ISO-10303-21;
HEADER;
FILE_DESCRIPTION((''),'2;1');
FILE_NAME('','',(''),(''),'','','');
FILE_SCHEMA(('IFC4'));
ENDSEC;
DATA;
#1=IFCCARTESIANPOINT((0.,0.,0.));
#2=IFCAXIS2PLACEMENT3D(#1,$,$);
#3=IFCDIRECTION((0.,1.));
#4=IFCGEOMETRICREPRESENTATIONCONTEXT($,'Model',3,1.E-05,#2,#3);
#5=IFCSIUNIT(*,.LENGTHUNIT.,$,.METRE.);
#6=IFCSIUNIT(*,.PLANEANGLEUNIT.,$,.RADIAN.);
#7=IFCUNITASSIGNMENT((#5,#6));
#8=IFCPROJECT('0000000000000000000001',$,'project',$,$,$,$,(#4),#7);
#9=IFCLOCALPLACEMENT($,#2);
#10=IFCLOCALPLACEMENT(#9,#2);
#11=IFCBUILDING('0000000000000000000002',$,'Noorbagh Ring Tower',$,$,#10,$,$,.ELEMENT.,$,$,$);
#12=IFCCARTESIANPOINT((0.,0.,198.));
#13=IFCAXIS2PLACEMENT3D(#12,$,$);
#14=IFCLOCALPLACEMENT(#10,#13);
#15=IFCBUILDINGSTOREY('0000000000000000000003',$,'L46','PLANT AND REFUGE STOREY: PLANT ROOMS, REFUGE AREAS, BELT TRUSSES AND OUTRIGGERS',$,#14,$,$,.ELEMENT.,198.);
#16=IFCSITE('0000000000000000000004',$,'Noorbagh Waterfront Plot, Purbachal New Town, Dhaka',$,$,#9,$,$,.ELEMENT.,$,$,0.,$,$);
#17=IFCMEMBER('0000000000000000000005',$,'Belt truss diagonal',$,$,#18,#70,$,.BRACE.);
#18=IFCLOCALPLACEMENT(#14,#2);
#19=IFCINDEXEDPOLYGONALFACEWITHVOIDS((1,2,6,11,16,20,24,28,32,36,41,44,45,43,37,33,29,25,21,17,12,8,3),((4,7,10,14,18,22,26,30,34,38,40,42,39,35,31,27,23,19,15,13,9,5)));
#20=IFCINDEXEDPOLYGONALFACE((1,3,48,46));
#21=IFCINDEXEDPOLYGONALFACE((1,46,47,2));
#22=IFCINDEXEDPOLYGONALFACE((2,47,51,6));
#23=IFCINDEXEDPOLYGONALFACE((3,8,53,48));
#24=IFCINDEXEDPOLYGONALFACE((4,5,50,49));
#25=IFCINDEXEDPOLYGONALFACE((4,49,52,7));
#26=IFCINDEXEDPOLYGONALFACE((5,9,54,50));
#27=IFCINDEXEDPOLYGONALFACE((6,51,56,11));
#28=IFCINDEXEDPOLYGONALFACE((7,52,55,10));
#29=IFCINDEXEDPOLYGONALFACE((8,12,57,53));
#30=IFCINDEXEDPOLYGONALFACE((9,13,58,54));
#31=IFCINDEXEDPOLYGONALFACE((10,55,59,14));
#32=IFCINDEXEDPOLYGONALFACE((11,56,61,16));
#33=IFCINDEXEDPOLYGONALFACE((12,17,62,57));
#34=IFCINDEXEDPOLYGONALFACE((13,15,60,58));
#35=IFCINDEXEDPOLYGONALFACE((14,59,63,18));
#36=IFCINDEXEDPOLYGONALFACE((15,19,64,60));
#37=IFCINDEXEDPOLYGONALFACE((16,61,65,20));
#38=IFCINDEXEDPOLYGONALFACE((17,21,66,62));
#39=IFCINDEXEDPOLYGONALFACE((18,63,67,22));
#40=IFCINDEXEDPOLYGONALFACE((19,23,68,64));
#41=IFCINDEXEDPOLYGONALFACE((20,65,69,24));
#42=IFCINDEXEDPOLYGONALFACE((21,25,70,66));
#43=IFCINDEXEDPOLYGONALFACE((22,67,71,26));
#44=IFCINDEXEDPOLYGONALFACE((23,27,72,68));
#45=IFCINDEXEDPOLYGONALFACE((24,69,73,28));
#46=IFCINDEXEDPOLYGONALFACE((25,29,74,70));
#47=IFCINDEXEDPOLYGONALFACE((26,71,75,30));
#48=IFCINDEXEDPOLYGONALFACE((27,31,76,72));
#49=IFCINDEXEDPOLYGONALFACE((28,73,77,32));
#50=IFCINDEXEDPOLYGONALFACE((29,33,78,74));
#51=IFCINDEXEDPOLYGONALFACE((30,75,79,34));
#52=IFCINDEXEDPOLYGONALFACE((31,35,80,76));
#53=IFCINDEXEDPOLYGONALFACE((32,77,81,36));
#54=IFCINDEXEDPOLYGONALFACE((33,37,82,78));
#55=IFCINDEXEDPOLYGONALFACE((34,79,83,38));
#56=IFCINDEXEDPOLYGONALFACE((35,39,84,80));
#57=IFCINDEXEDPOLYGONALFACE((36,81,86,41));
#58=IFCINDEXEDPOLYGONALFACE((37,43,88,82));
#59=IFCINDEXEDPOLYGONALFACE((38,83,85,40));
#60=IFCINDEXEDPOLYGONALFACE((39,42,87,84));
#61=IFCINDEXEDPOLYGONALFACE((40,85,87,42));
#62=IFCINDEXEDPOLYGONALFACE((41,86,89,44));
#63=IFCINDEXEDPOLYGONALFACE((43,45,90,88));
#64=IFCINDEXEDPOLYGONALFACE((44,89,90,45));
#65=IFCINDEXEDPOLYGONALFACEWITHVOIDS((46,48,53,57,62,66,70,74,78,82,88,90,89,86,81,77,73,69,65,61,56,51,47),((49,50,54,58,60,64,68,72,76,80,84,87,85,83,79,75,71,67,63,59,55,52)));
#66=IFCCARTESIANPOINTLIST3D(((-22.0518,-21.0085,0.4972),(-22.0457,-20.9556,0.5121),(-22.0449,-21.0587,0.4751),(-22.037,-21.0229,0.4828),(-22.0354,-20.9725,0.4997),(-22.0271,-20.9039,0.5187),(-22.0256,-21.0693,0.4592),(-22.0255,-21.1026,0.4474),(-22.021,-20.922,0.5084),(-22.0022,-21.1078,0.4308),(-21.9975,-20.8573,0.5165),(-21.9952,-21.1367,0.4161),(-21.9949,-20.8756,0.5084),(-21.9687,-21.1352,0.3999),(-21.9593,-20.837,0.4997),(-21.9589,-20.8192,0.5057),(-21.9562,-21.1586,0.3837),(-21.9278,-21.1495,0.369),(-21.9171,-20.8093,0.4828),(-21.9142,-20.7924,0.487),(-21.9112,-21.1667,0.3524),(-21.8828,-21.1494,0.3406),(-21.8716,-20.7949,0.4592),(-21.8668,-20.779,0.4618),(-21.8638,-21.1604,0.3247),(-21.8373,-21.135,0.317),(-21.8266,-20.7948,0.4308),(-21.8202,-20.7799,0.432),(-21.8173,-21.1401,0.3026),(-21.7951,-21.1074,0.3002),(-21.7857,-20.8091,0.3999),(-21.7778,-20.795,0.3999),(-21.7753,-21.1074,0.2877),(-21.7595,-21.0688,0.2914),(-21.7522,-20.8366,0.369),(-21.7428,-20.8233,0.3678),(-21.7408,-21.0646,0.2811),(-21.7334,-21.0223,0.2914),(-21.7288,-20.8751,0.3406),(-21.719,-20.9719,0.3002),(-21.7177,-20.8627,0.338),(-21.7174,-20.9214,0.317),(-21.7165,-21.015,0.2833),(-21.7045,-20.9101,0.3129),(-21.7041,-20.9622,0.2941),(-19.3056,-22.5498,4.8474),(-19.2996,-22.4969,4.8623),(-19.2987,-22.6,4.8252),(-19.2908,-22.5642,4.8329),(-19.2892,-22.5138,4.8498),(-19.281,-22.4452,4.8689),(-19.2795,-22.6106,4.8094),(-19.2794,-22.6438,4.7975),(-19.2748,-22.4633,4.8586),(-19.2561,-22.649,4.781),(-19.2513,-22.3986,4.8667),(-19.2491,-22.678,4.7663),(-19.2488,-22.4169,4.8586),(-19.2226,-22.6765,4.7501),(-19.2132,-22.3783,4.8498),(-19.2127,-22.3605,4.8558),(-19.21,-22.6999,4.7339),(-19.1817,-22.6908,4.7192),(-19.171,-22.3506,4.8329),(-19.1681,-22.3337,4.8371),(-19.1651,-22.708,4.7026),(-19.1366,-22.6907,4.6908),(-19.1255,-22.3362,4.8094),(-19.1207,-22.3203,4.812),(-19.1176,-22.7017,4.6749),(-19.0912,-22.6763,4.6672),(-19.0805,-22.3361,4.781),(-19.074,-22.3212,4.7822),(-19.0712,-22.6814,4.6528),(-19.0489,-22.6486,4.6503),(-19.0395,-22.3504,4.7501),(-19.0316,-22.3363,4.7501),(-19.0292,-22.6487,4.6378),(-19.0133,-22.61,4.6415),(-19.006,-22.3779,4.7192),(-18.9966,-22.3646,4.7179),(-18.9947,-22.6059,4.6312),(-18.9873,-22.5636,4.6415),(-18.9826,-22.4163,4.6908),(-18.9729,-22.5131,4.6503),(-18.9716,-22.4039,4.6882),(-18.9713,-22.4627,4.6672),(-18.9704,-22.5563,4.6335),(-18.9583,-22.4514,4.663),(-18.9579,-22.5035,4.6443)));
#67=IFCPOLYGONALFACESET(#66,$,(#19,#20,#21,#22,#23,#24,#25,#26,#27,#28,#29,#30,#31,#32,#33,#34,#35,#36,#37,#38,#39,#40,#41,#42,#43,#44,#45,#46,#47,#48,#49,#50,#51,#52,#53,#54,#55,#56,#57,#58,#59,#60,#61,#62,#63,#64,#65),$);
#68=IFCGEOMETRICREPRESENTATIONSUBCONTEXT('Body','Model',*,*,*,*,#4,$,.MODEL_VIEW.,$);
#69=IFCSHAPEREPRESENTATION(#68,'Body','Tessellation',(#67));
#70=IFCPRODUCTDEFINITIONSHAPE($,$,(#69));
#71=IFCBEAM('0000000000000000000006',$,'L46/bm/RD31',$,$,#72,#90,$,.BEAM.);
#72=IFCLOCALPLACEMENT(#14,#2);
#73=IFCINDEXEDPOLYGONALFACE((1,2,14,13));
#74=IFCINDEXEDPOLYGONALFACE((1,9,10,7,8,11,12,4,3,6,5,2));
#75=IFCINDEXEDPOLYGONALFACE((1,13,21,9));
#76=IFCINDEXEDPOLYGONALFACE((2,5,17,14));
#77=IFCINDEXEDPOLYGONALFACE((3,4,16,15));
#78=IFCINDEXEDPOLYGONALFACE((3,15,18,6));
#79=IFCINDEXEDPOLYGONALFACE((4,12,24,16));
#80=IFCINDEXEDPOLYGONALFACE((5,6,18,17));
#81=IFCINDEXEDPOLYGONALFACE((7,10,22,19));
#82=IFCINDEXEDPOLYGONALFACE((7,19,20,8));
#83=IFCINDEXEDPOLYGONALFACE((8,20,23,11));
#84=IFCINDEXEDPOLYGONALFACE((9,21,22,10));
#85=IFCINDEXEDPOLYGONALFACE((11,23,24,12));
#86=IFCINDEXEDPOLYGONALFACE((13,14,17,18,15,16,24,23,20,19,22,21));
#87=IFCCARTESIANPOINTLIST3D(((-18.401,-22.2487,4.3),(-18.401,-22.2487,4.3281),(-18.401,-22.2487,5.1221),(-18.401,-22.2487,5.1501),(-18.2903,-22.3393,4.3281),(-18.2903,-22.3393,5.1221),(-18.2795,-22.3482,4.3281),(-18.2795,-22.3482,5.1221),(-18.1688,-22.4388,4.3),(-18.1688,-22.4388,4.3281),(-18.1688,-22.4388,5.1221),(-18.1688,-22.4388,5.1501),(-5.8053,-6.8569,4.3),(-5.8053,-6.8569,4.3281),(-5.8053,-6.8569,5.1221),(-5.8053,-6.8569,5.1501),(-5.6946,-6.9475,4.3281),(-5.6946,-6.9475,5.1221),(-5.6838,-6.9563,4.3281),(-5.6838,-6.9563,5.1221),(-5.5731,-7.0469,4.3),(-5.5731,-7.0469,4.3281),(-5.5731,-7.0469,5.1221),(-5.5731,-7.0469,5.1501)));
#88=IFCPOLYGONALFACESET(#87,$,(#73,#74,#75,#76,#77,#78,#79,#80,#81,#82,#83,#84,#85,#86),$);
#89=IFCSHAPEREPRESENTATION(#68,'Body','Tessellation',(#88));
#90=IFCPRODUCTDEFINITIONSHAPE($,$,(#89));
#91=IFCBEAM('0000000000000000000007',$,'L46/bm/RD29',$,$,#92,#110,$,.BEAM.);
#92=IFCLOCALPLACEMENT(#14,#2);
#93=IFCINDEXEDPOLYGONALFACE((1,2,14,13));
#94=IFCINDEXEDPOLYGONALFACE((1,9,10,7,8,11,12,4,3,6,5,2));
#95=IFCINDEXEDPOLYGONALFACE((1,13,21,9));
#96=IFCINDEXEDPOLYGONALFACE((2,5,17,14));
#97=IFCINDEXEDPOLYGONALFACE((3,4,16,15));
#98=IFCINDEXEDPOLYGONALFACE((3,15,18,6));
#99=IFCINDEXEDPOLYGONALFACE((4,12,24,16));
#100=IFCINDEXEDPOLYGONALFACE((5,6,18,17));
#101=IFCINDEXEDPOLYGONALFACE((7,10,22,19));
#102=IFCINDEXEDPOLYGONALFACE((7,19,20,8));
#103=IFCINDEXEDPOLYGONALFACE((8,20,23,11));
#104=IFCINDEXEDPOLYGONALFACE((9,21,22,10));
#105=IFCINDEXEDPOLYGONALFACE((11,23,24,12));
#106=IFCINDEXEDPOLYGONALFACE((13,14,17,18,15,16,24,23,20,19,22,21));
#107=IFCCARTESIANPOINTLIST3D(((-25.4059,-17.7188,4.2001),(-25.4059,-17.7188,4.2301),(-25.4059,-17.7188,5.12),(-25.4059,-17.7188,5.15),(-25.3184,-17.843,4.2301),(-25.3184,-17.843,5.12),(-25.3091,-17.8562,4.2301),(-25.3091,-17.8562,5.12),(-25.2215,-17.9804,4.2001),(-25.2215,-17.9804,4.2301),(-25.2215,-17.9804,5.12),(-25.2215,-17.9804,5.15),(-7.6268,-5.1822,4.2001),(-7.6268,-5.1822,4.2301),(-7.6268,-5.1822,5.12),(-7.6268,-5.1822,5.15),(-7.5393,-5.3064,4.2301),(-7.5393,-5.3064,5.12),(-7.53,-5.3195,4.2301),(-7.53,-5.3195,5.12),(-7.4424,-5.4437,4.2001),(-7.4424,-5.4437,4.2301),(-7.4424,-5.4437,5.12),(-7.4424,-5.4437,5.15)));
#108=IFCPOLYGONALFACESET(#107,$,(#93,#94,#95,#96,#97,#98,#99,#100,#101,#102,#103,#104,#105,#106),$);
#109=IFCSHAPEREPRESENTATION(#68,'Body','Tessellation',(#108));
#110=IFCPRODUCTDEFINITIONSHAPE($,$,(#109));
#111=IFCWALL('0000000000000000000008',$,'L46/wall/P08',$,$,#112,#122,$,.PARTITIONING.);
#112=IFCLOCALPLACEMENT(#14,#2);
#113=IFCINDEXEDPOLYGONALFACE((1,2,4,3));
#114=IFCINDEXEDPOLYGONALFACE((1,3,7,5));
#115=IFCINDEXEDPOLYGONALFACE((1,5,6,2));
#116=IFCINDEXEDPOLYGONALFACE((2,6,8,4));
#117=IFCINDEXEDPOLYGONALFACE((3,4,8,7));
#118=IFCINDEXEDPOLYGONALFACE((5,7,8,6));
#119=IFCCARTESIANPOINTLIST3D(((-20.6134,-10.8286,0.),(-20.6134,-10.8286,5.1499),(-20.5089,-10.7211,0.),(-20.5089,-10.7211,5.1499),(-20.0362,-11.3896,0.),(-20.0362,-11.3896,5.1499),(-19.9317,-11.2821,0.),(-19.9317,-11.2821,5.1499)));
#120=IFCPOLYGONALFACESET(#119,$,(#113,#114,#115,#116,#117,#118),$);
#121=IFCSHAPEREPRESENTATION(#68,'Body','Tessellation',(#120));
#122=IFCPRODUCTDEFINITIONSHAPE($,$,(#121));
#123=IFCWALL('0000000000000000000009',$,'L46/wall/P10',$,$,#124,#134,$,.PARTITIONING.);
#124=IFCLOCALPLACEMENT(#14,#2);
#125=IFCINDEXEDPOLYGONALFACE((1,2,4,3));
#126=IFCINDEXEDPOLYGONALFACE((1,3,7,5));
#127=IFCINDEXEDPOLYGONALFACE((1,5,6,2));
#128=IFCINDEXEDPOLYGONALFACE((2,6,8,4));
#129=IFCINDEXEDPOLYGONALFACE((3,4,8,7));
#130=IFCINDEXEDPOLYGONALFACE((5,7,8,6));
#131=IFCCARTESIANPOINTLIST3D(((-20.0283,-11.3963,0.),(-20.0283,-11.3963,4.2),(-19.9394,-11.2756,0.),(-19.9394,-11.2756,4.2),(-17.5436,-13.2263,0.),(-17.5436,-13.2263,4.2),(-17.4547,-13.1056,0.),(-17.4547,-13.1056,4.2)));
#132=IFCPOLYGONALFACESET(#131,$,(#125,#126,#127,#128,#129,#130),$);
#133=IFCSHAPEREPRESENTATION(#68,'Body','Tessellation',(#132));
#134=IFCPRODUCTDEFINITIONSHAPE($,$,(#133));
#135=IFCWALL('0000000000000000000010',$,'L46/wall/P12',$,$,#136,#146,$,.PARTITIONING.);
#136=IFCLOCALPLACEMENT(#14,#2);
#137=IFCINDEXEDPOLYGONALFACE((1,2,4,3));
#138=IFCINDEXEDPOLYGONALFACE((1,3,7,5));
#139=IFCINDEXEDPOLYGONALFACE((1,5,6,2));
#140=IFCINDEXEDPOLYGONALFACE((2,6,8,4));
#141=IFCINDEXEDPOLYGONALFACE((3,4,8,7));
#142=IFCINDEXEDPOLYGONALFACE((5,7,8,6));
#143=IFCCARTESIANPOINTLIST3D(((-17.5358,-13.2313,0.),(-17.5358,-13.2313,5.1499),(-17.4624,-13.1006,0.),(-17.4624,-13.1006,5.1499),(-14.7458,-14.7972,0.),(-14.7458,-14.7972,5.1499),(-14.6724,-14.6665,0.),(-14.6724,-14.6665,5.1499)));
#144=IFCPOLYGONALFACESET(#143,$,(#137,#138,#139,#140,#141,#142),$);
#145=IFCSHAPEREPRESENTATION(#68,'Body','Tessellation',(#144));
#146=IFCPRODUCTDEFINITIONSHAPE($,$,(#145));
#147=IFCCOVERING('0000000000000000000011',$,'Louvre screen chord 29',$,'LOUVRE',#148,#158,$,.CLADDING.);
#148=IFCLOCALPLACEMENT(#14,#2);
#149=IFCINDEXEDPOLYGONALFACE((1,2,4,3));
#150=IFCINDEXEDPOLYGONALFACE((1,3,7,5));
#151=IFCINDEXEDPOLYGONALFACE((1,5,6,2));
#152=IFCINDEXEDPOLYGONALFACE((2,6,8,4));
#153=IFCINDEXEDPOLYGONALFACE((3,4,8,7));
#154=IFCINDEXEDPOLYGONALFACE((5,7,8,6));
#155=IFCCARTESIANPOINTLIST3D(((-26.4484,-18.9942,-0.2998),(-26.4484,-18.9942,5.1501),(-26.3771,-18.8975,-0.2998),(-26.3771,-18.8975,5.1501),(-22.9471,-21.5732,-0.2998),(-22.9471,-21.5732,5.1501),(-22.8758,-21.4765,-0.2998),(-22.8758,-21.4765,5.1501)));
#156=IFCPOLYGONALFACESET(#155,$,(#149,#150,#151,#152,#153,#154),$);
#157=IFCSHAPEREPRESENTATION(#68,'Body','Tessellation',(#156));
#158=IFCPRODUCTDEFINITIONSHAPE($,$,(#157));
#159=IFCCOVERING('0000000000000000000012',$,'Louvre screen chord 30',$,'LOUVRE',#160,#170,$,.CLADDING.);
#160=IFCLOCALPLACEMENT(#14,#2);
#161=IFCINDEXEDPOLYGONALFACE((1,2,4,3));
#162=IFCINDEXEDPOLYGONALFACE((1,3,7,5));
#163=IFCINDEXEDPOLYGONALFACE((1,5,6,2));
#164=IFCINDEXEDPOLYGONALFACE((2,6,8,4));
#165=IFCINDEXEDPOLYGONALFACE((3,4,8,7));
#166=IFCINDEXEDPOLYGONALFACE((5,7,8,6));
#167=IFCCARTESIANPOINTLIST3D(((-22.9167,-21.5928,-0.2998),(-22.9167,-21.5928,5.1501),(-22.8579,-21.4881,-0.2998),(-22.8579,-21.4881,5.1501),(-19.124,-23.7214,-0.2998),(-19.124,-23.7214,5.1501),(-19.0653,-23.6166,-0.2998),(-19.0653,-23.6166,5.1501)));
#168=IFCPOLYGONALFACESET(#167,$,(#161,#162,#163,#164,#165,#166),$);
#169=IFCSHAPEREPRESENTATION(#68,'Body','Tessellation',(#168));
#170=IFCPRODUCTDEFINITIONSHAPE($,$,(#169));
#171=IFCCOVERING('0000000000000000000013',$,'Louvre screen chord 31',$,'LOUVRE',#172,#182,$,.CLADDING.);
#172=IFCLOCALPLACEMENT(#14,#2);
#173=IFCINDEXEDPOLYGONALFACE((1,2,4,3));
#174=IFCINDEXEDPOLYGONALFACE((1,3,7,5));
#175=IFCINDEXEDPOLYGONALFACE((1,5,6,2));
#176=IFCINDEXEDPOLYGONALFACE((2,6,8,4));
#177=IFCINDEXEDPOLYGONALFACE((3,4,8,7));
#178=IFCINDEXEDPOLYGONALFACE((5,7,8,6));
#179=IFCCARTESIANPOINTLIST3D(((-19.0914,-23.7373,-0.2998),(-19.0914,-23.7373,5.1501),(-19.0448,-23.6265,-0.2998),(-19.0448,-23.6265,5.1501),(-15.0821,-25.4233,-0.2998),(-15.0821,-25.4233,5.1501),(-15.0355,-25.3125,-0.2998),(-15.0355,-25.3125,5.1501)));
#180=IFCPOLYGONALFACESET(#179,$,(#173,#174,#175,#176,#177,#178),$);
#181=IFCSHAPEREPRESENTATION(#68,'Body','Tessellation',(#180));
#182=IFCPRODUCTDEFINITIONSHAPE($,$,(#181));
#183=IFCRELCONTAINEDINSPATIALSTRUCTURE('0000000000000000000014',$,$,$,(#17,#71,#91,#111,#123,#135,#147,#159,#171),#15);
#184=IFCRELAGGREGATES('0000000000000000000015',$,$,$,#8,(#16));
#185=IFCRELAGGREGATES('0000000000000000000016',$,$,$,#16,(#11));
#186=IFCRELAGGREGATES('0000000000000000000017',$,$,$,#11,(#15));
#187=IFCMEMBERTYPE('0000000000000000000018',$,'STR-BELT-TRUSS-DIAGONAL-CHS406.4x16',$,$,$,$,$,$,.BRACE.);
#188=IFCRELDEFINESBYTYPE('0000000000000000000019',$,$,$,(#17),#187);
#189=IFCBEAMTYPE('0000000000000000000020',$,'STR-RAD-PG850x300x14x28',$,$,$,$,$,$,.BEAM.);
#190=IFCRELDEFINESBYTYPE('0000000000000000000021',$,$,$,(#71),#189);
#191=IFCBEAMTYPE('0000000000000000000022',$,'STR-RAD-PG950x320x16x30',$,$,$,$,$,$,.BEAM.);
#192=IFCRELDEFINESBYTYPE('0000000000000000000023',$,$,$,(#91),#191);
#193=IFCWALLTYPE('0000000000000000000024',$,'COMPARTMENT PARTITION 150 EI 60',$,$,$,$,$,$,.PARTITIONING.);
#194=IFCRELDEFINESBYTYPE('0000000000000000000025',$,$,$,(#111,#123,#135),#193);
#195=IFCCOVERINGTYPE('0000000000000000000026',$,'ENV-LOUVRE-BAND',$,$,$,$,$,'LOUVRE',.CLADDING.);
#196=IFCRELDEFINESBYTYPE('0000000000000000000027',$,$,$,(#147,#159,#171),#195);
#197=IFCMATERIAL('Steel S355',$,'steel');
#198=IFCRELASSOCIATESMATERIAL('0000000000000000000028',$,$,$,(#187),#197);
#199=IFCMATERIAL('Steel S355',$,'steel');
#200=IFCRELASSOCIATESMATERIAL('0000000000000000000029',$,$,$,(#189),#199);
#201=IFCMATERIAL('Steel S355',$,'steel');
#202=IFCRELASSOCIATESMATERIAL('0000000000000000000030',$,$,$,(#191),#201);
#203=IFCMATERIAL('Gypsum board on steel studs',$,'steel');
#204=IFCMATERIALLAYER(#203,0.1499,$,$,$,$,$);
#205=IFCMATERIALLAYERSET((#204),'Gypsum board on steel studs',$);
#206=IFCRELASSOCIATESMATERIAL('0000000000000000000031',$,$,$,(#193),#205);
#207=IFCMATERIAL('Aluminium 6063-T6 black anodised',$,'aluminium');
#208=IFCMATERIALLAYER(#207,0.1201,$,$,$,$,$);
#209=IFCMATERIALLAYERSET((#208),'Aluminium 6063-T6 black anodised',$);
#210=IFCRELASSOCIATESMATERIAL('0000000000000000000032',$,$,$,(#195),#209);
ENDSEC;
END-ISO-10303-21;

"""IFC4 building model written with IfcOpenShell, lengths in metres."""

from ifc_helpers import new_model, si_unit, direction, frame, frame_2d, origin, origin_2d, place, context, subcontext, project, spatial, rectangle, hollow_circle, i_section, extrude, material, layer, layer_set, material_profile, profile_set, type_object, element, save


model = new_model("IFC4")

# Units and contexts
model_context = context("Model", 3, precision=1e-05, world=origin(), true_north=direction((0.0, 1.0)))
body_context = subcontext(model_context, "Body", "Model", "MODEL_VIEW")
ifc_project = project(units=[si_unit("LENGTHUNIT", "METRE"), si_unit("PLANEANGLEUNIT", "RADIAN")], contexts=[model_context])

# Site, building, storey
site_placement = place(None, origin())
site = spatial("IfcSite", under=ifc_project, at=site_placement, Name="Noorbagh Waterfront Plot, Purbachal New Town, Dhaka", CompositionType="ELEMENT", RefElevation=0.0)
building_placement = place(site_placement, origin())
building = spatial("IfcBuilding", under=site, at=building_placement, Name="Noorbagh Ring Tower", CompositionType="ELEMENT")
storey_placement = place(building_placement, frame((0.0, 0.0, 198.0)))
storey = spatial("IfcBuildingStorey", under=building, at=storey_placement, Name="L46", Description="PLANT AND REFUGE STOREY: PLANT ROOMS, REFUGE AREAS, BELT TRUSSES AND OUTRIGGERS", CompositionType="ELEMENT", Elevation=198.0)

# Member
ifc_material_1 = material(Name="Steel S355", Category="steel")
ifc_material_profile_1 = material_profile(ifc_material_1, hollow_circle(Radius=0.2031, WallThickness=0.0161, at=origin_2d()), Name="CHS406.4x16")
ifc_profile_set_1 = profile_set([ifc_material_profile_1], Name="Steel S355")
member_type = type_object("IfcMemberType", Name="STR-BELT-TRUSS-DIAGONAL-CHS406.4x16", PredefinedType="BRACE", material=ifc_profile_set_1)
member_1_placement = place(storey_placement, frame((-21.8772, -20.9722, 0.3999), z_axis=(0.511351, -0.286998, 0.810032), x_axis=(0.489437, 0.872039, 0.0)))
element("IfcMember", 1, at=member_1_placement, inside=storey, type_object=member_type, Name="Belt truss diagonal", PredefinedType="BRACE", context=body_context, shape_type="SweptSolid", body=[
    extrude(hollow_circle(Radius=0.2031, WallThickness=0.0161, at=origin_2d()), origin(), (0.0, 0.0, 1.0), 5.3704),
])

# Beams
ifc_material_2 = material(Name="Steel S355", Category="steel")
ifc_material_profile_2 = material_profile(ifc_material_2, i_section(OverallWidth=0.3, OverallDepth=0.8501, WebThickness=0.0139, FlangeThickness=0.0281, at=origin_2d()), Name="PG850x300x14x28")
ifc_profile_set_2 = profile_set([ifc_material_profile_2], Name="Steel S355")
beam_type_1 = type_object("IfcBeamType", Name="STR-RAD-PG850x300x14x28", PredefinedType="BEAM", material=ifc_profile_set_2)
beam_1_placement = place(storey_placement, frame((-18.2849, -22.3438, 4.7251), z_axis=(0.633309, 0.773899, 0.0), x_axis=(-0.773899, 0.633309, 0.0)))
element("IfcBeam", 2, at=beam_1_placement, inside=storey, type_object=beam_type_1, Name="L46/bm/RD31", PredefinedType="BEAM", context=body_context, shape_type="SweptSolid", body=[
    extrude(i_section(OverallWidth=0.3, OverallDepth=0.8501, WebThickness=0.0139, FlangeThickness=0.0281, at=origin_2d()), origin(), (0.0, 0.0, 1.0), 19.8887),
])
ifc_material_3 = material(Name="Steel S355", Category="steel")
ifc_material_profile_3 = material_profile(ifc_material_3, i_section(OverallWidth=0.3201, OverallDepth=0.95, WebThickness=0.0161, FlangeThickness=0.03, at=origin_2d()), Name="PG950x320x16x30")
ifc_profile_set_3 = profile_set([ifc_material_profile_3], Name="Steel S355")
beam_type_2 = type_object("IfcBeamType", Name="STR-RAD-PG950x320x16x30", PredefinedType="BEAM", material=ifc_profile_set_3)
beam_2_placement = place(storey_placement, frame((-25.3137, -17.8496, 4.675), z_axis=(0.817256, 0.576275, 0.0), x_axis=(-0.576275, 0.817256, 0.0)))
element("IfcBeam", 3, at=beam_2_placement, inside=storey, type_object=beam_type_2, Name="L46/bm/RD29", PredefinedType="BEAM", context=body_context, shape_type="SweptSolid", body=[
    extrude(i_section(OverallWidth=0.3201, OverallDepth=0.95, WebThickness=0.0161, FlangeThickness=0.03, at=origin_2d()), origin(), (0.0, 0.0, 1.0), 21.7546),
])

# Walls
ifc_material_4 = material(Name="Gypsum board on steel studs", Category="steel")
ifc_layer_1 = layer(ifc_material_4, 0.1499)
ifc_layer_set_1 = layer_set([ifc_layer_1], Name="Gypsum board on steel studs")
wall_type = type_object("IfcWallType", Name="COMPARTMENT PARTITION 150 EI 60", PredefinedType="PARTITIONING", material=ifc_layer_set_1)
wall_1_placement = place(storey_placement, frame((-20.561, -10.7749, 0.0), z_axis=(0.0, 0.0, 1.0), x_axis=(0.717045, -0.697026, 0.0)))
element("IfcWall", 4, at=wall_1_placement, inside=storey, type_object=wall_type, Name="L46/wall/P08", PredefinedType="PARTITIONING", context=body_context, shape_type="SweptSolid", body=[
    extrude(rectangle(XDim=0.8049, YDim=0.1499, at=frame_2d((0.4023, 0.0))), origin(), (0.0, 0.0, 1.0), 5.1499),
])
wall_2_placement = place(storey_placement, frame((-19.9839, -11.3359, 0.0), z_axis=(0.0, 0.0, 1.0), x_axis=(0.805191, -0.593016, 0.0)))
element("IfcWall", 5, at=wall_2_placement, inside=storey, type_object=wall_type, Name="L46/wall/P10", PredefinedType="PARTITIONING", context=body_context, shape_type="SweptSolid", body=[
    extrude(rectangle(XDim=3.0859, YDim=0.1499, at=frame_2d((1.543, 0.0))), origin(), (0.0, 0.0, 1.0), 4.2),
])
wall_3_placement = place(storey_placement, frame((-17.499, -13.166, 0.0), z_axis=(0.0, 0.0, 1.0), x_axis=(0.87204, -0.489435, 0.0)))
element("IfcWall", 6, at=wall_3_placement, inside=storey, type_object=wall_type, Name="L46/wall/P12", PredefinedType="PARTITIONING", context=body_context, shape_type="SweptSolid", body=[
    extrude(rectangle(XDim=3.1995, YDim=0.1499, at=frame_2d((1.5996, 0.0))), origin(), (0.0, 0.0, 1.0), 5.1499),
])

# Coverings
ifc_material_5 = material(Name="Aluminium 6063-T6 black anodised", Category="aluminium")
ifc_layer_2 = layer(ifc_material_5, 0.1201)
ifc_layer_set_2 = layer_set([ifc_layer_2], Name="Aluminium 6063-T6 black anodised")
covering_type_1 = type_object("IfcCoveringType", Name="ENV-LOUVRE-BAND", ElementType="LOUVRE", PredefinedType="CLADDING", material=ifc_layer_set_2)
covering_1_placement = place(storey_placement, frame((-24.6621, -20.2354, -0.2998), z_axis=(0.0, 0.0, 1.0), x_axis=(0.805153, -0.593067, 0.0)))
element("IfcCovering", 7, at=covering_1_placement, inside=storey, type_object=covering_type_1, Name="Louvre screen chord 29", ObjectType="LOUVRE", PredefinedType="CLADDING", context=body_context, shape_type="SweptSolid", body=[
    extrude(rectangle(XDim=4.3486, YDim=0.1201, at=origin_2d()), origin(), (0.0, 0.0, 1.0), 5.45),
])
covering_2_placement = place(storey_placement, frame((-20.991, -22.6047, -0.2998), z_axis=(0.0, 0.0, 1.0), x_axis=(0.872045, -0.489426, 0.0)))
element("IfcCovering", 8, at=covering_2_placement, inside=storey, type_object=covering_type_1, Name="Louvre screen chord 30", ObjectType="LOUVRE", PredefinedType="CLADDING", context=body_context, shape_type="SweptSolid", body=[
    extrude(rectangle(XDim=4.3491, YDim=0.1201, at=origin_2d()), origin(), (0.0, 0.0, 1.0), 5.45),
])
covering_3_placement = place(storey_placement, frame((-17.0635, -24.5249, -0.2998), z_axis=(0.0, 0.0, 1.0), x_axis=(0.921812, -0.387638, 0.0)))
element("IfcCovering", 9, at=covering_3_placement, inside=storey, type_object=covering_type_1, Name="Louvre screen chord 31", ObjectType="LOUVRE", PredefinedType="CLADDING", context=body_context, shape_type="SweptSolid", body=[
    extrude(rectangle(XDim=4.3494, YDim=0.1201, at=origin_2d()), origin(), (0.0, 0.0, 1.0), 5.45),
])

save(model, "model.ifc")
